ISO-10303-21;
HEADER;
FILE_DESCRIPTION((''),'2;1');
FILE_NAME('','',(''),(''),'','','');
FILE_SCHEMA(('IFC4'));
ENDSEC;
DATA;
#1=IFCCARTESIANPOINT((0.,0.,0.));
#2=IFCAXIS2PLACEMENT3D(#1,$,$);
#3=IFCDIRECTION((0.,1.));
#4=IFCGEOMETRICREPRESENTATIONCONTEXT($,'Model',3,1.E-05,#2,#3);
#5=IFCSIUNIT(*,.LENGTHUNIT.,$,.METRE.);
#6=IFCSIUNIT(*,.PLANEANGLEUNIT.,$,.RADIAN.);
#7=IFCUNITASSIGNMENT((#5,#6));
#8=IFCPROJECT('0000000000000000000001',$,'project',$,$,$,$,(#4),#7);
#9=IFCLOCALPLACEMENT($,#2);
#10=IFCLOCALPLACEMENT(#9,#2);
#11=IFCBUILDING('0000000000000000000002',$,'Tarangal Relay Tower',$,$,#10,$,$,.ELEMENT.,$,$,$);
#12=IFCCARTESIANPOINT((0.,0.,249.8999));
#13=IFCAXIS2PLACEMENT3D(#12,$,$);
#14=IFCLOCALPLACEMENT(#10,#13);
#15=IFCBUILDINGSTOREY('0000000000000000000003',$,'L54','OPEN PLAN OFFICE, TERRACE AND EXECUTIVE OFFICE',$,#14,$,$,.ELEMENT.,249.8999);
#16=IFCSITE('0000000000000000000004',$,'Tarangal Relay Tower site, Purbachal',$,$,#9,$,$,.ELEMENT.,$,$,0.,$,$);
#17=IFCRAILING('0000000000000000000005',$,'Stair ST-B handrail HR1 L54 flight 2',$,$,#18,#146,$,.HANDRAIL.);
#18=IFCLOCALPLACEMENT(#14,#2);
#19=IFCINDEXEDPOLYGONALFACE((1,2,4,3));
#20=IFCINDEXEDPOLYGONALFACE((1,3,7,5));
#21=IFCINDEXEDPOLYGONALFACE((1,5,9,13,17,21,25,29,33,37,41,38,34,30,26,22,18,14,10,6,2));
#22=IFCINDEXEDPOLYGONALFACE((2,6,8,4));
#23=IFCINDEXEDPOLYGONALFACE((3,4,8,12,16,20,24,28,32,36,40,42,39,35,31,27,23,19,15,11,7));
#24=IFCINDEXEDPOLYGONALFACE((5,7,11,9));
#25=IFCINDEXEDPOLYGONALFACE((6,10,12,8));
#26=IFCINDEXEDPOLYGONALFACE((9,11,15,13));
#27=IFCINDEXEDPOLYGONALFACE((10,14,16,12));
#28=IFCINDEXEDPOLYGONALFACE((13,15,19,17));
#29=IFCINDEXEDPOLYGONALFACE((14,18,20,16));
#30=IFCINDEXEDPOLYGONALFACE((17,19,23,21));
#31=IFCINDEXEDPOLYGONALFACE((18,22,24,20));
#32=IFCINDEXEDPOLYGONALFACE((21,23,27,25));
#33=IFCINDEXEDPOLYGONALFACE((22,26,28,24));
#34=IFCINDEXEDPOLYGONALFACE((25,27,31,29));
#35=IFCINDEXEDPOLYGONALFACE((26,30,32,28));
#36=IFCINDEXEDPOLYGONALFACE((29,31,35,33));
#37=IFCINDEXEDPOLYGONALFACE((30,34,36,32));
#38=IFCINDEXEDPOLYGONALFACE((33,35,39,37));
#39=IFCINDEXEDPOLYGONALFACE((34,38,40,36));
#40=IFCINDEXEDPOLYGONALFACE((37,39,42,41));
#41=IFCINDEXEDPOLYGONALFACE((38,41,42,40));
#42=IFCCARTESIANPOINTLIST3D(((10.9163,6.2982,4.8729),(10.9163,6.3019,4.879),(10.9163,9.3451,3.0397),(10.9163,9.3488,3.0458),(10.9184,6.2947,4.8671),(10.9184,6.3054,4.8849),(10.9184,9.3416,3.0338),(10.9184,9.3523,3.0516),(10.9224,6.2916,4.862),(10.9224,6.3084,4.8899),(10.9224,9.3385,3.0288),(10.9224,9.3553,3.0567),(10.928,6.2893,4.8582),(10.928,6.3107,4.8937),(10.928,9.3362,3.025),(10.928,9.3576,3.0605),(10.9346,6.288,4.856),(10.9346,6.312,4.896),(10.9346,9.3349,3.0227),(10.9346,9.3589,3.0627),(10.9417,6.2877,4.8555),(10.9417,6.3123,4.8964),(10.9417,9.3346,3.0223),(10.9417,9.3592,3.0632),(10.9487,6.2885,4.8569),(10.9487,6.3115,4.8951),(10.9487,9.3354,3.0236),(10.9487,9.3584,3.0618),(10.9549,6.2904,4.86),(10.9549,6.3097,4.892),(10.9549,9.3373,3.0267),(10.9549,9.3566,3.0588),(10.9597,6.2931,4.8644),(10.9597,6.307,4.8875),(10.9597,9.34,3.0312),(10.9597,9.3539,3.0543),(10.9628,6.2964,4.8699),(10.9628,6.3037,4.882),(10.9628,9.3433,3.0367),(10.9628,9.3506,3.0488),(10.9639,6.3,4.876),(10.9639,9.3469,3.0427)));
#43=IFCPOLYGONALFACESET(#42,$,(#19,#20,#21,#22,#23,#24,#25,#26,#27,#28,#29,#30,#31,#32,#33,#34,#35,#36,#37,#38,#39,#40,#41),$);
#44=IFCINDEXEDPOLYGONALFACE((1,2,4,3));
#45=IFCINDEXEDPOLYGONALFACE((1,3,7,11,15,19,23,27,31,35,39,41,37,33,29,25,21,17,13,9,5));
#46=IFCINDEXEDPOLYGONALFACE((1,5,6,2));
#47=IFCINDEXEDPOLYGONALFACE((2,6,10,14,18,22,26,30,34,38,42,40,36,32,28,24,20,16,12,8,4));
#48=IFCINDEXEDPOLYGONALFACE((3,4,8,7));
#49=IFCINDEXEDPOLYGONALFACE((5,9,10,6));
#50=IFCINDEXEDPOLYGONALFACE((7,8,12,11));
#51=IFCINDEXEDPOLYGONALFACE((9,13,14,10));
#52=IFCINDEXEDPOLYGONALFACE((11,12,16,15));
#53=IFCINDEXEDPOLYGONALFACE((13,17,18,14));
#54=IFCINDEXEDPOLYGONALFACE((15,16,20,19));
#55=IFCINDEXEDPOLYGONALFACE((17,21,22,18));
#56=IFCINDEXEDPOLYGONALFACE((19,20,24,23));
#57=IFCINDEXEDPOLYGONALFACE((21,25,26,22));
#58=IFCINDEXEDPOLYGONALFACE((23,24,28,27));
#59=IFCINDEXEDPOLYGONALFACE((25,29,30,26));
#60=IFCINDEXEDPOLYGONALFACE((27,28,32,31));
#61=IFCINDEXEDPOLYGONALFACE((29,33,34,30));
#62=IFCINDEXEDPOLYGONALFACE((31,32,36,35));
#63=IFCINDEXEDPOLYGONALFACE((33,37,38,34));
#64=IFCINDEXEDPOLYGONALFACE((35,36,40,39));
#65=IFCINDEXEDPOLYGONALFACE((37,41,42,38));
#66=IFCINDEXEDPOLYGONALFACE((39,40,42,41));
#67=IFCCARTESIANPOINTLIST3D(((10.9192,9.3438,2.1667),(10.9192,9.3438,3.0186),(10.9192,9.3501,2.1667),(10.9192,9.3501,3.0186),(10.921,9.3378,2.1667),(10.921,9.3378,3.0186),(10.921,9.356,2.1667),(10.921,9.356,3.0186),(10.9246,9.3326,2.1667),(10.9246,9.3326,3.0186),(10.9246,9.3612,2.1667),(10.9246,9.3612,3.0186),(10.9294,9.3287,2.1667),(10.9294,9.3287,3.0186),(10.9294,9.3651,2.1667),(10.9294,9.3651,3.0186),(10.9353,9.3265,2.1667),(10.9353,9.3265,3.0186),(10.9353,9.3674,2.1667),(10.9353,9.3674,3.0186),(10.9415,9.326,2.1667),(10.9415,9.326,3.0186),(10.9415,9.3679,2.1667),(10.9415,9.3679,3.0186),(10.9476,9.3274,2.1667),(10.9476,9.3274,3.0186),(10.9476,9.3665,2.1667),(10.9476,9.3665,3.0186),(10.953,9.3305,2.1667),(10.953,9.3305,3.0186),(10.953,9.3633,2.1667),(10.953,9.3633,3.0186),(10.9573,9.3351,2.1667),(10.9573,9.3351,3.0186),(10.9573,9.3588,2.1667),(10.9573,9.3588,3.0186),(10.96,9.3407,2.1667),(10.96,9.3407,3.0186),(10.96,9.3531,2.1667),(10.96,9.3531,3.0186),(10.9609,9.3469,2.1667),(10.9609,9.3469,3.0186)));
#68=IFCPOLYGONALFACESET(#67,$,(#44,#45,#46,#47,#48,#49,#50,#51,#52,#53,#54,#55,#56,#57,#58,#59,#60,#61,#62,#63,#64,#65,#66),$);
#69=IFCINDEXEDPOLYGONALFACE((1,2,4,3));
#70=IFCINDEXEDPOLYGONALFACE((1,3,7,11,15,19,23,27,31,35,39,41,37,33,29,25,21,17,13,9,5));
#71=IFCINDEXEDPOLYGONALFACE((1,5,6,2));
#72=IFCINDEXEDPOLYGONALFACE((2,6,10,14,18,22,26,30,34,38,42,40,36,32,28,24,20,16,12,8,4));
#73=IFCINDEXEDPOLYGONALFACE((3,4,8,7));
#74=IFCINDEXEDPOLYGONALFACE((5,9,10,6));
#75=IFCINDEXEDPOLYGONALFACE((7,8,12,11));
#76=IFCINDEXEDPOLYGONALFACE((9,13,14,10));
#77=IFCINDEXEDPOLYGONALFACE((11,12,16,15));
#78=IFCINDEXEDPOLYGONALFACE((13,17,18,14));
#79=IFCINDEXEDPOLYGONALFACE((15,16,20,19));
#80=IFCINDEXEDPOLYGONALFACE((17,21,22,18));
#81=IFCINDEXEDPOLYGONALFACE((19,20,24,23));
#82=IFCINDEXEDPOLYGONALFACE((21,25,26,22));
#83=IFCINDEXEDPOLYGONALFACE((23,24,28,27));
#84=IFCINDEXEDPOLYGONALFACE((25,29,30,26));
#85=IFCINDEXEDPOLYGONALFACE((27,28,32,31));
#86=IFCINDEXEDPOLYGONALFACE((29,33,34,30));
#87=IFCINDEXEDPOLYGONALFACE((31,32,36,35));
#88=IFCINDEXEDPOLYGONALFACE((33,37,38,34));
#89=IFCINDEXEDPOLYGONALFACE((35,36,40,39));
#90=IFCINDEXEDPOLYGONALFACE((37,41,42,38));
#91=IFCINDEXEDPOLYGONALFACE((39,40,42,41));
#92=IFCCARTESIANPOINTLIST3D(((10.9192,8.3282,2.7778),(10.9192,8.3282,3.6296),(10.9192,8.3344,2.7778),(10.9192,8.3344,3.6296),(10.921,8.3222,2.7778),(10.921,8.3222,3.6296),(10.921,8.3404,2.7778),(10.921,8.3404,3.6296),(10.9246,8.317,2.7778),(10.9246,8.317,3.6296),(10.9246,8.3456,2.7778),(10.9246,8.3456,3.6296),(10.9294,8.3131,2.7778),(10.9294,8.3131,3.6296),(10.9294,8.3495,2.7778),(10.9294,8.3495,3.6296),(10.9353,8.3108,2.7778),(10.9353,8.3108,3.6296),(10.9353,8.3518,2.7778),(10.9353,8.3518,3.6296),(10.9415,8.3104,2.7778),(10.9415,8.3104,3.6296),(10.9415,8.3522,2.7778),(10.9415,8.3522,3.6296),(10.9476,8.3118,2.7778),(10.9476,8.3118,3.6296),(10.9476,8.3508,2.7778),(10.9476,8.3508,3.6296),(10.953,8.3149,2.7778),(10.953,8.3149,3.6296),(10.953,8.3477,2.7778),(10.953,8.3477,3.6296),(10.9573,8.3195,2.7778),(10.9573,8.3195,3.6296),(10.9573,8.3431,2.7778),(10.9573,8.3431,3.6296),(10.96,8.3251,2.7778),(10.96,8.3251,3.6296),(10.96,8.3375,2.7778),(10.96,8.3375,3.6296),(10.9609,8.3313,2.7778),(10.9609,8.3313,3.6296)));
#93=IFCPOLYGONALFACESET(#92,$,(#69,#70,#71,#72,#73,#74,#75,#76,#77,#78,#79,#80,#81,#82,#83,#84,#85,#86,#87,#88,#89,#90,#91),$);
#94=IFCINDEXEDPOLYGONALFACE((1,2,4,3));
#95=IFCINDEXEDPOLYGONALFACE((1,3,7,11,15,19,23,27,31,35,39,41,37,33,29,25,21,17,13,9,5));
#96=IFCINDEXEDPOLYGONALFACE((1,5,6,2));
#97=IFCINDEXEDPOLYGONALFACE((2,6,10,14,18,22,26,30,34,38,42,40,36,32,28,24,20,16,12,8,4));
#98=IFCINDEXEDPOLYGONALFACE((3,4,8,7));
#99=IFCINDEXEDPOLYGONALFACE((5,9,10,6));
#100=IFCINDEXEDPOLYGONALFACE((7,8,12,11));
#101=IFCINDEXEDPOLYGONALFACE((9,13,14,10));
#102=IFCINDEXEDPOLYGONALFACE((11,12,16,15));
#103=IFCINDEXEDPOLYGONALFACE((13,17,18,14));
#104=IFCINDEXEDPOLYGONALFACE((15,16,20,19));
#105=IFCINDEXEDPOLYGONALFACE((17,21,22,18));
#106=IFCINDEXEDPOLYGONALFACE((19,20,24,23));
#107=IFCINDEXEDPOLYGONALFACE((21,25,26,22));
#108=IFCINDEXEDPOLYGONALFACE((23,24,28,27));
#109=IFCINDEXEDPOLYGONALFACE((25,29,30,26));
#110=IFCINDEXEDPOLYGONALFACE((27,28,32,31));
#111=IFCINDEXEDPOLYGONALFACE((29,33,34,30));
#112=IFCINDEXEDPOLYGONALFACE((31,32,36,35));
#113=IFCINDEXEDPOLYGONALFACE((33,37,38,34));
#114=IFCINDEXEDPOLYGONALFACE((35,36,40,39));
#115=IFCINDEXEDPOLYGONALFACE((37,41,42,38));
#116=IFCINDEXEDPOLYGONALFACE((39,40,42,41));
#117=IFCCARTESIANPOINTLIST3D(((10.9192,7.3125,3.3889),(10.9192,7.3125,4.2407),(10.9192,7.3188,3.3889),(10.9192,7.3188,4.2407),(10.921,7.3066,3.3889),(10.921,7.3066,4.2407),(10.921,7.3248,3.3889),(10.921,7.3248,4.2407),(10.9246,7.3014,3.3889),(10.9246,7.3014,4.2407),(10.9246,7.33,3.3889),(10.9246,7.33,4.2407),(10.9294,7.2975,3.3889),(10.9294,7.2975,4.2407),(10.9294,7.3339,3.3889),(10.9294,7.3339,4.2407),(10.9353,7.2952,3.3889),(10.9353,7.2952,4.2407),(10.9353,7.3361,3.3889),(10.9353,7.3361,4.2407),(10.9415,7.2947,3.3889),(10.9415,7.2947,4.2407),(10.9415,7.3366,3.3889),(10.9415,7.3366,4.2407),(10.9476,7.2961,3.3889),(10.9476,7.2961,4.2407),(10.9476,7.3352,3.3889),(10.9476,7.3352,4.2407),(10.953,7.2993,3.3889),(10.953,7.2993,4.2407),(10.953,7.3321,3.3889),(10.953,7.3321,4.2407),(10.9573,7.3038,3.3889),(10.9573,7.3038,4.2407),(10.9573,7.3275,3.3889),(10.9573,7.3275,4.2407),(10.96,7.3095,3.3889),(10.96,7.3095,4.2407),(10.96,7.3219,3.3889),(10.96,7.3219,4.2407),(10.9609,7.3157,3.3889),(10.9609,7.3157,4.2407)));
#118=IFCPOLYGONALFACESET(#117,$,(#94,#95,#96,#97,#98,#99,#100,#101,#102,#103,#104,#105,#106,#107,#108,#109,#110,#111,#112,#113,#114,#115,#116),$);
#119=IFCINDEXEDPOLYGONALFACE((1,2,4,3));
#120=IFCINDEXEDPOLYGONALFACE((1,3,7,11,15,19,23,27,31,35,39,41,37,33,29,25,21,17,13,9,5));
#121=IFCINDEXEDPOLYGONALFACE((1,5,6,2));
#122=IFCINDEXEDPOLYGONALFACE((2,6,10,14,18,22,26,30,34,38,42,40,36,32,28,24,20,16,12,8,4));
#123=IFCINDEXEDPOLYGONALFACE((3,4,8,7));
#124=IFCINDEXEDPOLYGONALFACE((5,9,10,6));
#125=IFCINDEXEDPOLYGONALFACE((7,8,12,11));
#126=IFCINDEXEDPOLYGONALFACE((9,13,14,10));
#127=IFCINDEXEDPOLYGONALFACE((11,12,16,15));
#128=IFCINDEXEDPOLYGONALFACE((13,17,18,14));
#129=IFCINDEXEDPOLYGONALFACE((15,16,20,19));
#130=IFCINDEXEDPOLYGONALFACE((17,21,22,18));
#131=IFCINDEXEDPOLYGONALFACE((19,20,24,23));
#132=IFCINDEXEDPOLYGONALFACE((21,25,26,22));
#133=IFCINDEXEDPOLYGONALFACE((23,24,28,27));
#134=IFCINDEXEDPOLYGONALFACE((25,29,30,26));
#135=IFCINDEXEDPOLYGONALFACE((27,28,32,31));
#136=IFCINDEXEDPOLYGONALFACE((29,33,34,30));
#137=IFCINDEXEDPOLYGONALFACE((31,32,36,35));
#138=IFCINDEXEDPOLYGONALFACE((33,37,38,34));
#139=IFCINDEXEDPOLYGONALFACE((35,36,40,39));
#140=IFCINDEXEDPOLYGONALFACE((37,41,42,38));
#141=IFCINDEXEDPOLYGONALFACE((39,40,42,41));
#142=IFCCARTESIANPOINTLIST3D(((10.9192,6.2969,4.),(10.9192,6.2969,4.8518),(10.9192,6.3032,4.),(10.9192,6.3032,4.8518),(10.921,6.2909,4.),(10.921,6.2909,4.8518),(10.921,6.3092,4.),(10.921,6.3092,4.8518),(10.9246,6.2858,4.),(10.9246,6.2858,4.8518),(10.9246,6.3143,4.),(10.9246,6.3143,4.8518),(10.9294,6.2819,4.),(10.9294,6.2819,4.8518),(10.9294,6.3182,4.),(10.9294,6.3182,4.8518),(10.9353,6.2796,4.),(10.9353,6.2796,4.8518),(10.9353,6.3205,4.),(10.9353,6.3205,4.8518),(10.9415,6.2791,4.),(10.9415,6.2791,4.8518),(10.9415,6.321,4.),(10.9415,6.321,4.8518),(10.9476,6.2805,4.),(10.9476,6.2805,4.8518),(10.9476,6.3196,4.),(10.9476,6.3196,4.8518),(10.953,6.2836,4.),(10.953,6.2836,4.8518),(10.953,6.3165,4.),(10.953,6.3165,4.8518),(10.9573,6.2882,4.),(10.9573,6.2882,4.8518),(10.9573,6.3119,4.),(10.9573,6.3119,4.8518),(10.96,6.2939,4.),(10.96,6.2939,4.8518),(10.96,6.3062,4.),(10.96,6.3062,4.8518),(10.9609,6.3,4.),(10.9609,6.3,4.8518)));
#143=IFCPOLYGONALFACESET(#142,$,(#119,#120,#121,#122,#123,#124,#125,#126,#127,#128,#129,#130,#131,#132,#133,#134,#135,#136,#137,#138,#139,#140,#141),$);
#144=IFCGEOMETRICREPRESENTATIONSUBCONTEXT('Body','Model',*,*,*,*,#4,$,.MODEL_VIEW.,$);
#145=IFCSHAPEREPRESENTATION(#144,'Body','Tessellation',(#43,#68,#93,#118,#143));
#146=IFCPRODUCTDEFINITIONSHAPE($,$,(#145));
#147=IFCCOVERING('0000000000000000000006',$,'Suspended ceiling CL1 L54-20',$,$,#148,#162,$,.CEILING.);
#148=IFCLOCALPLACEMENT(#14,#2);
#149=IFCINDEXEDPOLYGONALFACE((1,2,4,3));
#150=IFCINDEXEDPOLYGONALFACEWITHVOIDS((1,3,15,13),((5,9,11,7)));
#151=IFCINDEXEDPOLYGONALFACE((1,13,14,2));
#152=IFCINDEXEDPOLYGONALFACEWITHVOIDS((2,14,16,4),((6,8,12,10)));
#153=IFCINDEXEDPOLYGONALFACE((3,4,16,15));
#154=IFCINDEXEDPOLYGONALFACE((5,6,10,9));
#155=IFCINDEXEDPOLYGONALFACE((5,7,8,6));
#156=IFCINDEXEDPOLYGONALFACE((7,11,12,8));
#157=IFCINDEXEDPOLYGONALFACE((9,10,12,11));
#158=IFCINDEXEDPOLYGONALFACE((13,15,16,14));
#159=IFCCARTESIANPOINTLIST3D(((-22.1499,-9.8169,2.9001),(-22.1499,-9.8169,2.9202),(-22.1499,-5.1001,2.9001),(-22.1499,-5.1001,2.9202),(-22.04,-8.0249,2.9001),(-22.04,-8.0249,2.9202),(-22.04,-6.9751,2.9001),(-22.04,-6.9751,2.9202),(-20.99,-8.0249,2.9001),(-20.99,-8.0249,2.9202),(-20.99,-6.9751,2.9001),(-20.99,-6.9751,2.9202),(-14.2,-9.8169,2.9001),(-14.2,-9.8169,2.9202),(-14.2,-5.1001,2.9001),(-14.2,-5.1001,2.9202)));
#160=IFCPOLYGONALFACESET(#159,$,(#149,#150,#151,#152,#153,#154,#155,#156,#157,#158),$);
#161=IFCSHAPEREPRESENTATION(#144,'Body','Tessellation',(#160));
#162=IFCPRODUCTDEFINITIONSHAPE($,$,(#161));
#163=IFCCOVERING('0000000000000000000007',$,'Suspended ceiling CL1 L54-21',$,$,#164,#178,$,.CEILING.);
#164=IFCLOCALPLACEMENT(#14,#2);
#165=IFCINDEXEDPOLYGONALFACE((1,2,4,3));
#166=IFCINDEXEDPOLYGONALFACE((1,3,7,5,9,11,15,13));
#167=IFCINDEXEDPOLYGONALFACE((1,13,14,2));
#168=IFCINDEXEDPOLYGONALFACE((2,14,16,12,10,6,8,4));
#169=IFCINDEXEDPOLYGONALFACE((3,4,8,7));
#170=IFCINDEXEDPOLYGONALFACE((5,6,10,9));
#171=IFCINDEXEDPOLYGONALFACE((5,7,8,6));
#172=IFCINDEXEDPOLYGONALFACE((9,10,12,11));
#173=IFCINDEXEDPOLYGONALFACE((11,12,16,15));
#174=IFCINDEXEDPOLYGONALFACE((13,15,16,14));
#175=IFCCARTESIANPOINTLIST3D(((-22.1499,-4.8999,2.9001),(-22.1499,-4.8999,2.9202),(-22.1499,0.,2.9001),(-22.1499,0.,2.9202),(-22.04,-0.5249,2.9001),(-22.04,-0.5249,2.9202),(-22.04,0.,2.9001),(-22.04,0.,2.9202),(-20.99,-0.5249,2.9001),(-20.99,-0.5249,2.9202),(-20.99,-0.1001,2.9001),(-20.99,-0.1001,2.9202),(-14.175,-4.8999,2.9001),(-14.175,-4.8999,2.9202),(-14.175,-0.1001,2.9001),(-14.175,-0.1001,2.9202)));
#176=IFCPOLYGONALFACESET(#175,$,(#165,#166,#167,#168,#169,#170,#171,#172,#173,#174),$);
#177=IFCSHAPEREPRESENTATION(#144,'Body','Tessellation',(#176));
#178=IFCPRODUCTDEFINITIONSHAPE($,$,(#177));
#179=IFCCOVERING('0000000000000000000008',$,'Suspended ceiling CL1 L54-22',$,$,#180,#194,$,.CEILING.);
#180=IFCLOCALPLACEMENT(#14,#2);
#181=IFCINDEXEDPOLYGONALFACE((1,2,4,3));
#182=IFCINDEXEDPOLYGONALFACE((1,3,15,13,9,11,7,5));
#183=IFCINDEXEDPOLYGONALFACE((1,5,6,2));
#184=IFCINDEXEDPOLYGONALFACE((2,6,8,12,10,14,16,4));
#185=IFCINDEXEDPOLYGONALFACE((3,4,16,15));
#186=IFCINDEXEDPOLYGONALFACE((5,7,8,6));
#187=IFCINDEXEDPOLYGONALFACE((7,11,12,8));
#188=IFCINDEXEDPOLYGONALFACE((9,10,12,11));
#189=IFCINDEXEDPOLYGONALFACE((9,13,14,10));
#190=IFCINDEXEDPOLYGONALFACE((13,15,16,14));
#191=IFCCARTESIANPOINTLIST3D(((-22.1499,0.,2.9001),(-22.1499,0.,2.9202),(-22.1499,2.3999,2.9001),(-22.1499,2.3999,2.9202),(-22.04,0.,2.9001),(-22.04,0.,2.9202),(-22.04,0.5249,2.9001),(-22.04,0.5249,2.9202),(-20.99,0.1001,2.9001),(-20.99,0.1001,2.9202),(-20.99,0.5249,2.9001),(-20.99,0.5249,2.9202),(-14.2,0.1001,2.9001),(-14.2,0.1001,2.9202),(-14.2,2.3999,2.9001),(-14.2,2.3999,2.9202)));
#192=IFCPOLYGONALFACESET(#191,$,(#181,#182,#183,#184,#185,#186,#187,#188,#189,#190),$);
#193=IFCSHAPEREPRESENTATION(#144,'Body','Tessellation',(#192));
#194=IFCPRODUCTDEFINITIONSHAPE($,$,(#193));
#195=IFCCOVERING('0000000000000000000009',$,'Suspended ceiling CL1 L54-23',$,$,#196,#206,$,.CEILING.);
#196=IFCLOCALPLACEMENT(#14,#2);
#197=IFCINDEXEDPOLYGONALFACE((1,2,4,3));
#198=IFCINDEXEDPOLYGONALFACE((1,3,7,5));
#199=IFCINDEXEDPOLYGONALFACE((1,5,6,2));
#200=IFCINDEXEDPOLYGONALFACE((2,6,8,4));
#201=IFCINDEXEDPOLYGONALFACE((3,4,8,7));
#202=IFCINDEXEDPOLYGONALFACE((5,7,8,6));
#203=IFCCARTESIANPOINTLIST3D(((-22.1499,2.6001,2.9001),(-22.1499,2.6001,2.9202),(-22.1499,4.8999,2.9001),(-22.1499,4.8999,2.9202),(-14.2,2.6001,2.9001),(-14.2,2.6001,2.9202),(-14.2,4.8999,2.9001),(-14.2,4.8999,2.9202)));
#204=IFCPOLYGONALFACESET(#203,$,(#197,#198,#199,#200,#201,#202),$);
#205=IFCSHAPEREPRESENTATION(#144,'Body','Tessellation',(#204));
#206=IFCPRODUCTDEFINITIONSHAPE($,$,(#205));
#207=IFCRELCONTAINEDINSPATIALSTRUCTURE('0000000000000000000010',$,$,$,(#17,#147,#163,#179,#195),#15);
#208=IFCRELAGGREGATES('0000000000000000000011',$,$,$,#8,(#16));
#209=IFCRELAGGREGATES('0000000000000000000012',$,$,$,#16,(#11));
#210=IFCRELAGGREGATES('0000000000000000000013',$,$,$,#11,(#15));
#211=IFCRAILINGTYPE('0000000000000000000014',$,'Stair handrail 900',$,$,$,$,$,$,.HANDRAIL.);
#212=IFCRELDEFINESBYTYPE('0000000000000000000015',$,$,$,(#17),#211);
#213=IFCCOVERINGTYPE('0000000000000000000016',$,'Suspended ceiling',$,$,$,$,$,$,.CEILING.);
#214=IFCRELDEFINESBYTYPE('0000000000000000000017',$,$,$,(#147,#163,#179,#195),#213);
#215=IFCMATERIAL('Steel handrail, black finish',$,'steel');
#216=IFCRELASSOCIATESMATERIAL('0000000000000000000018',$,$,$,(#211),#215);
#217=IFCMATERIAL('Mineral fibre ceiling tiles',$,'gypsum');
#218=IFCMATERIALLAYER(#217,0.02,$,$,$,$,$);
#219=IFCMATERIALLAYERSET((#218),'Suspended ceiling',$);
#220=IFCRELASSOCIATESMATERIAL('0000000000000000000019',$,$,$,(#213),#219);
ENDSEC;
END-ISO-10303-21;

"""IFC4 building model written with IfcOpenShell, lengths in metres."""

from ifc_helpers import new_model, si_unit, direction, frame, origin, origin_2d, place, context, subcontext, project, spatial, polyline, circle, outline, extrude, material, layer, layer_set, type_object, element, save


model = new_model("IFC4")

# Units and contexts
model_context = context("Model", 3, precision=1e-05, world=origin(), true_north=direction((0.0, 1.0)))
body_context = subcontext(model_context, "Body", "Model", "MODEL_VIEW")
ifc_project = project(units=[si_unit("LENGTHUNIT", "METRE"), si_unit("PLANEANGLEUNIT", "RADIAN")], contexts=[model_context])

# Site, building, storey
site_placement = place(None, origin())
site = spatial("IfcSite", under=ifc_project, at=site_placement, Name="Tarangal Relay Tower site, Purbachal", CompositionType="ELEMENT", RefElevation=0.0)
building_placement = place(site_placement, origin())
building = spatial("IfcBuilding", under=site, at=building_placement, Name="Tarangal Relay Tower", CompositionType="ELEMENT")
storey_placement = place(building_placement, frame((0.0, 0.0, 249.8999)))
storey = spatial("IfcBuildingStorey", under=building, at=storey_placement, Name="L54", Description="OPEN PLAN OFFICE, TERRACE AND EXECUTIVE OFFICE", CompositionType="ELEMENT", Elevation=249.8999)

# Railing
ifc_material_1 = material(Name="Steel handrail, black finish", Category="steel")
railing_type_1 = type_object("IfcRailingType", Name="Stair handrail 900", PredefinedType="HANDRAIL", material=ifc_material_1)
railing_1_placement = place(storey_placement, frame((10.9399, 9.3469, 2.1667)))
element("IfcRailing", 1, at=railing_1_placement, inside=storey, type_object=railing_type_1, Name="Stair ST-B handrail HR1 L54 flight 2", PredefinedType="HANDRAIL", context=body_context, shape_type="SweptSolid", body=[
    extrude(circle(Radius=0.0239, at=origin_2d()), frame((0.0, 0.0, 0.876), z_axis=(0.0, -0.856856, 0.515556), x_axis=(1.0, 0.0, 0.0)), (0.0, 0.0, 1.0), 3.5559),
    extrude(circle(Radius=0.021, at=origin_2d()), origin(), (0.0, 0.0, 1.0), 0.8518),
    extrude(circle(Radius=0.021, at=origin_2d()), frame((0.0, -1.0156, 0.6111)), (0.0, 0.0, 1.0), 0.8518),
    extrude(circle(Radius=0.021, at=origin_2d()), frame((0.0, -2.0312, 1.2222)), (0.0, 0.0, 1.0), 0.8518),
    extrude(circle(Radius=0.021, at=origin_2d()), frame((0.0, -3.0469, 1.8333)), (0.0, 0.0, 1.0), 0.8518),
])

# Coverings
ifc_material_2 = material(Name="Mineral fibre ceiling tiles", Category="gypsum")
ifc_layer_1 = layer(ifc_material_2, 0.02)
ifc_layer_set_1 = layer_set([ifc_layer_1], Name="Suspended ceiling")
covering_type = type_object("IfcCoveringType", Name="Suspended ceiling", PredefinedType="CEILING", material=ifc_layer_set_1)
covering_1_placement = place(storey_placement, frame((0.0, 0.0, 2.9001)))
element("IfcCovering", 2, at=covering_1_placement, inside=storey, type_object=covering_type, Name="Suspended ceiling CL1 L54-20", PredefinedType="CEILING", context=body_context, shape_type="SweptSolid", body=[
    extrude(outline(polyline([(-22.1499, -5.1001), (-22.1499, -9.8169), (-14.2, -9.8169), (-14.2, -5.1001), (-22.1499, -5.1001)]), holes=[polyline([(-20.99, -6.9751), (-22.04, -6.9751), (-22.04, -8.0249), (-20.99, -8.0249), (-20.99, -6.9751)])]), origin(), (0.0, 0.0, 1.0), 0.02),
])
covering_2_placement = place(storey_placement, frame((0.0, 0.0, 2.9001)))
element("IfcCovering", 3, at=covering_2_placement, inside=storey, type_object=covering_type, Name="Suspended ceiling CL1 L54-21", PredefinedType="CEILING", context=body_context, shape_type="SweptSolid", body=[
    extrude(outline(polyline([(-22.1499, 0.0), (-22.1499, -4.8999), (-14.175, -4.8999), (-14.175, -0.1001), (-20.99, -0.1001), (-20.99, -0.5249), (-22.04, -0.5249), (-22.04, 0.0), (-22.1499, 0.0)])), origin(), (0.0, 0.0, 1.0), 0.02),
])
covering_3_placement = place(storey_placement, frame((0.0, 0.0, 2.9001)))
element("IfcCovering", 4, at=covering_3_placement, inside=storey, type_object=covering_type, Name="Suspended ceiling CL1 L54-22", PredefinedType="CEILING", context=body_context, shape_type="SweptSolid", body=[
    extrude(outline(polyline([(-22.1499, 2.3999), (-22.1499, 0.0), (-22.04, 0.0), (-22.04, 0.5249), (-20.99, 0.5249), (-20.99, 0.1001), (-14.2, 0.1001), (-14.2, 2.3999), (-22.1499, 2.3999)])), origin(), (0.0, 0.0, 1.0), 0.02),
])
covering_4_placement = place(storey_placement, frame((0.0, 0.0, 2.9001)))
element("IfcCovering", 5, at=covering_4_placement, inside=storey, type_object=covering_type, Name="Suspended ceiling CL1 L54-23", PredefinedType="CEILING", context=body_context, shape_type="SweptSolid", body=[
    extrude(outline(polyline([(-22.1499, 2.6001), (-14.2, 2.6001), (-14.2, 4.8999), (-22.1499, 4.8999), (-22.1499, 2.6001)])), origin(), (0.0, 0.0, 1.0), 0.02),
])

save(model, "model.ifc")
